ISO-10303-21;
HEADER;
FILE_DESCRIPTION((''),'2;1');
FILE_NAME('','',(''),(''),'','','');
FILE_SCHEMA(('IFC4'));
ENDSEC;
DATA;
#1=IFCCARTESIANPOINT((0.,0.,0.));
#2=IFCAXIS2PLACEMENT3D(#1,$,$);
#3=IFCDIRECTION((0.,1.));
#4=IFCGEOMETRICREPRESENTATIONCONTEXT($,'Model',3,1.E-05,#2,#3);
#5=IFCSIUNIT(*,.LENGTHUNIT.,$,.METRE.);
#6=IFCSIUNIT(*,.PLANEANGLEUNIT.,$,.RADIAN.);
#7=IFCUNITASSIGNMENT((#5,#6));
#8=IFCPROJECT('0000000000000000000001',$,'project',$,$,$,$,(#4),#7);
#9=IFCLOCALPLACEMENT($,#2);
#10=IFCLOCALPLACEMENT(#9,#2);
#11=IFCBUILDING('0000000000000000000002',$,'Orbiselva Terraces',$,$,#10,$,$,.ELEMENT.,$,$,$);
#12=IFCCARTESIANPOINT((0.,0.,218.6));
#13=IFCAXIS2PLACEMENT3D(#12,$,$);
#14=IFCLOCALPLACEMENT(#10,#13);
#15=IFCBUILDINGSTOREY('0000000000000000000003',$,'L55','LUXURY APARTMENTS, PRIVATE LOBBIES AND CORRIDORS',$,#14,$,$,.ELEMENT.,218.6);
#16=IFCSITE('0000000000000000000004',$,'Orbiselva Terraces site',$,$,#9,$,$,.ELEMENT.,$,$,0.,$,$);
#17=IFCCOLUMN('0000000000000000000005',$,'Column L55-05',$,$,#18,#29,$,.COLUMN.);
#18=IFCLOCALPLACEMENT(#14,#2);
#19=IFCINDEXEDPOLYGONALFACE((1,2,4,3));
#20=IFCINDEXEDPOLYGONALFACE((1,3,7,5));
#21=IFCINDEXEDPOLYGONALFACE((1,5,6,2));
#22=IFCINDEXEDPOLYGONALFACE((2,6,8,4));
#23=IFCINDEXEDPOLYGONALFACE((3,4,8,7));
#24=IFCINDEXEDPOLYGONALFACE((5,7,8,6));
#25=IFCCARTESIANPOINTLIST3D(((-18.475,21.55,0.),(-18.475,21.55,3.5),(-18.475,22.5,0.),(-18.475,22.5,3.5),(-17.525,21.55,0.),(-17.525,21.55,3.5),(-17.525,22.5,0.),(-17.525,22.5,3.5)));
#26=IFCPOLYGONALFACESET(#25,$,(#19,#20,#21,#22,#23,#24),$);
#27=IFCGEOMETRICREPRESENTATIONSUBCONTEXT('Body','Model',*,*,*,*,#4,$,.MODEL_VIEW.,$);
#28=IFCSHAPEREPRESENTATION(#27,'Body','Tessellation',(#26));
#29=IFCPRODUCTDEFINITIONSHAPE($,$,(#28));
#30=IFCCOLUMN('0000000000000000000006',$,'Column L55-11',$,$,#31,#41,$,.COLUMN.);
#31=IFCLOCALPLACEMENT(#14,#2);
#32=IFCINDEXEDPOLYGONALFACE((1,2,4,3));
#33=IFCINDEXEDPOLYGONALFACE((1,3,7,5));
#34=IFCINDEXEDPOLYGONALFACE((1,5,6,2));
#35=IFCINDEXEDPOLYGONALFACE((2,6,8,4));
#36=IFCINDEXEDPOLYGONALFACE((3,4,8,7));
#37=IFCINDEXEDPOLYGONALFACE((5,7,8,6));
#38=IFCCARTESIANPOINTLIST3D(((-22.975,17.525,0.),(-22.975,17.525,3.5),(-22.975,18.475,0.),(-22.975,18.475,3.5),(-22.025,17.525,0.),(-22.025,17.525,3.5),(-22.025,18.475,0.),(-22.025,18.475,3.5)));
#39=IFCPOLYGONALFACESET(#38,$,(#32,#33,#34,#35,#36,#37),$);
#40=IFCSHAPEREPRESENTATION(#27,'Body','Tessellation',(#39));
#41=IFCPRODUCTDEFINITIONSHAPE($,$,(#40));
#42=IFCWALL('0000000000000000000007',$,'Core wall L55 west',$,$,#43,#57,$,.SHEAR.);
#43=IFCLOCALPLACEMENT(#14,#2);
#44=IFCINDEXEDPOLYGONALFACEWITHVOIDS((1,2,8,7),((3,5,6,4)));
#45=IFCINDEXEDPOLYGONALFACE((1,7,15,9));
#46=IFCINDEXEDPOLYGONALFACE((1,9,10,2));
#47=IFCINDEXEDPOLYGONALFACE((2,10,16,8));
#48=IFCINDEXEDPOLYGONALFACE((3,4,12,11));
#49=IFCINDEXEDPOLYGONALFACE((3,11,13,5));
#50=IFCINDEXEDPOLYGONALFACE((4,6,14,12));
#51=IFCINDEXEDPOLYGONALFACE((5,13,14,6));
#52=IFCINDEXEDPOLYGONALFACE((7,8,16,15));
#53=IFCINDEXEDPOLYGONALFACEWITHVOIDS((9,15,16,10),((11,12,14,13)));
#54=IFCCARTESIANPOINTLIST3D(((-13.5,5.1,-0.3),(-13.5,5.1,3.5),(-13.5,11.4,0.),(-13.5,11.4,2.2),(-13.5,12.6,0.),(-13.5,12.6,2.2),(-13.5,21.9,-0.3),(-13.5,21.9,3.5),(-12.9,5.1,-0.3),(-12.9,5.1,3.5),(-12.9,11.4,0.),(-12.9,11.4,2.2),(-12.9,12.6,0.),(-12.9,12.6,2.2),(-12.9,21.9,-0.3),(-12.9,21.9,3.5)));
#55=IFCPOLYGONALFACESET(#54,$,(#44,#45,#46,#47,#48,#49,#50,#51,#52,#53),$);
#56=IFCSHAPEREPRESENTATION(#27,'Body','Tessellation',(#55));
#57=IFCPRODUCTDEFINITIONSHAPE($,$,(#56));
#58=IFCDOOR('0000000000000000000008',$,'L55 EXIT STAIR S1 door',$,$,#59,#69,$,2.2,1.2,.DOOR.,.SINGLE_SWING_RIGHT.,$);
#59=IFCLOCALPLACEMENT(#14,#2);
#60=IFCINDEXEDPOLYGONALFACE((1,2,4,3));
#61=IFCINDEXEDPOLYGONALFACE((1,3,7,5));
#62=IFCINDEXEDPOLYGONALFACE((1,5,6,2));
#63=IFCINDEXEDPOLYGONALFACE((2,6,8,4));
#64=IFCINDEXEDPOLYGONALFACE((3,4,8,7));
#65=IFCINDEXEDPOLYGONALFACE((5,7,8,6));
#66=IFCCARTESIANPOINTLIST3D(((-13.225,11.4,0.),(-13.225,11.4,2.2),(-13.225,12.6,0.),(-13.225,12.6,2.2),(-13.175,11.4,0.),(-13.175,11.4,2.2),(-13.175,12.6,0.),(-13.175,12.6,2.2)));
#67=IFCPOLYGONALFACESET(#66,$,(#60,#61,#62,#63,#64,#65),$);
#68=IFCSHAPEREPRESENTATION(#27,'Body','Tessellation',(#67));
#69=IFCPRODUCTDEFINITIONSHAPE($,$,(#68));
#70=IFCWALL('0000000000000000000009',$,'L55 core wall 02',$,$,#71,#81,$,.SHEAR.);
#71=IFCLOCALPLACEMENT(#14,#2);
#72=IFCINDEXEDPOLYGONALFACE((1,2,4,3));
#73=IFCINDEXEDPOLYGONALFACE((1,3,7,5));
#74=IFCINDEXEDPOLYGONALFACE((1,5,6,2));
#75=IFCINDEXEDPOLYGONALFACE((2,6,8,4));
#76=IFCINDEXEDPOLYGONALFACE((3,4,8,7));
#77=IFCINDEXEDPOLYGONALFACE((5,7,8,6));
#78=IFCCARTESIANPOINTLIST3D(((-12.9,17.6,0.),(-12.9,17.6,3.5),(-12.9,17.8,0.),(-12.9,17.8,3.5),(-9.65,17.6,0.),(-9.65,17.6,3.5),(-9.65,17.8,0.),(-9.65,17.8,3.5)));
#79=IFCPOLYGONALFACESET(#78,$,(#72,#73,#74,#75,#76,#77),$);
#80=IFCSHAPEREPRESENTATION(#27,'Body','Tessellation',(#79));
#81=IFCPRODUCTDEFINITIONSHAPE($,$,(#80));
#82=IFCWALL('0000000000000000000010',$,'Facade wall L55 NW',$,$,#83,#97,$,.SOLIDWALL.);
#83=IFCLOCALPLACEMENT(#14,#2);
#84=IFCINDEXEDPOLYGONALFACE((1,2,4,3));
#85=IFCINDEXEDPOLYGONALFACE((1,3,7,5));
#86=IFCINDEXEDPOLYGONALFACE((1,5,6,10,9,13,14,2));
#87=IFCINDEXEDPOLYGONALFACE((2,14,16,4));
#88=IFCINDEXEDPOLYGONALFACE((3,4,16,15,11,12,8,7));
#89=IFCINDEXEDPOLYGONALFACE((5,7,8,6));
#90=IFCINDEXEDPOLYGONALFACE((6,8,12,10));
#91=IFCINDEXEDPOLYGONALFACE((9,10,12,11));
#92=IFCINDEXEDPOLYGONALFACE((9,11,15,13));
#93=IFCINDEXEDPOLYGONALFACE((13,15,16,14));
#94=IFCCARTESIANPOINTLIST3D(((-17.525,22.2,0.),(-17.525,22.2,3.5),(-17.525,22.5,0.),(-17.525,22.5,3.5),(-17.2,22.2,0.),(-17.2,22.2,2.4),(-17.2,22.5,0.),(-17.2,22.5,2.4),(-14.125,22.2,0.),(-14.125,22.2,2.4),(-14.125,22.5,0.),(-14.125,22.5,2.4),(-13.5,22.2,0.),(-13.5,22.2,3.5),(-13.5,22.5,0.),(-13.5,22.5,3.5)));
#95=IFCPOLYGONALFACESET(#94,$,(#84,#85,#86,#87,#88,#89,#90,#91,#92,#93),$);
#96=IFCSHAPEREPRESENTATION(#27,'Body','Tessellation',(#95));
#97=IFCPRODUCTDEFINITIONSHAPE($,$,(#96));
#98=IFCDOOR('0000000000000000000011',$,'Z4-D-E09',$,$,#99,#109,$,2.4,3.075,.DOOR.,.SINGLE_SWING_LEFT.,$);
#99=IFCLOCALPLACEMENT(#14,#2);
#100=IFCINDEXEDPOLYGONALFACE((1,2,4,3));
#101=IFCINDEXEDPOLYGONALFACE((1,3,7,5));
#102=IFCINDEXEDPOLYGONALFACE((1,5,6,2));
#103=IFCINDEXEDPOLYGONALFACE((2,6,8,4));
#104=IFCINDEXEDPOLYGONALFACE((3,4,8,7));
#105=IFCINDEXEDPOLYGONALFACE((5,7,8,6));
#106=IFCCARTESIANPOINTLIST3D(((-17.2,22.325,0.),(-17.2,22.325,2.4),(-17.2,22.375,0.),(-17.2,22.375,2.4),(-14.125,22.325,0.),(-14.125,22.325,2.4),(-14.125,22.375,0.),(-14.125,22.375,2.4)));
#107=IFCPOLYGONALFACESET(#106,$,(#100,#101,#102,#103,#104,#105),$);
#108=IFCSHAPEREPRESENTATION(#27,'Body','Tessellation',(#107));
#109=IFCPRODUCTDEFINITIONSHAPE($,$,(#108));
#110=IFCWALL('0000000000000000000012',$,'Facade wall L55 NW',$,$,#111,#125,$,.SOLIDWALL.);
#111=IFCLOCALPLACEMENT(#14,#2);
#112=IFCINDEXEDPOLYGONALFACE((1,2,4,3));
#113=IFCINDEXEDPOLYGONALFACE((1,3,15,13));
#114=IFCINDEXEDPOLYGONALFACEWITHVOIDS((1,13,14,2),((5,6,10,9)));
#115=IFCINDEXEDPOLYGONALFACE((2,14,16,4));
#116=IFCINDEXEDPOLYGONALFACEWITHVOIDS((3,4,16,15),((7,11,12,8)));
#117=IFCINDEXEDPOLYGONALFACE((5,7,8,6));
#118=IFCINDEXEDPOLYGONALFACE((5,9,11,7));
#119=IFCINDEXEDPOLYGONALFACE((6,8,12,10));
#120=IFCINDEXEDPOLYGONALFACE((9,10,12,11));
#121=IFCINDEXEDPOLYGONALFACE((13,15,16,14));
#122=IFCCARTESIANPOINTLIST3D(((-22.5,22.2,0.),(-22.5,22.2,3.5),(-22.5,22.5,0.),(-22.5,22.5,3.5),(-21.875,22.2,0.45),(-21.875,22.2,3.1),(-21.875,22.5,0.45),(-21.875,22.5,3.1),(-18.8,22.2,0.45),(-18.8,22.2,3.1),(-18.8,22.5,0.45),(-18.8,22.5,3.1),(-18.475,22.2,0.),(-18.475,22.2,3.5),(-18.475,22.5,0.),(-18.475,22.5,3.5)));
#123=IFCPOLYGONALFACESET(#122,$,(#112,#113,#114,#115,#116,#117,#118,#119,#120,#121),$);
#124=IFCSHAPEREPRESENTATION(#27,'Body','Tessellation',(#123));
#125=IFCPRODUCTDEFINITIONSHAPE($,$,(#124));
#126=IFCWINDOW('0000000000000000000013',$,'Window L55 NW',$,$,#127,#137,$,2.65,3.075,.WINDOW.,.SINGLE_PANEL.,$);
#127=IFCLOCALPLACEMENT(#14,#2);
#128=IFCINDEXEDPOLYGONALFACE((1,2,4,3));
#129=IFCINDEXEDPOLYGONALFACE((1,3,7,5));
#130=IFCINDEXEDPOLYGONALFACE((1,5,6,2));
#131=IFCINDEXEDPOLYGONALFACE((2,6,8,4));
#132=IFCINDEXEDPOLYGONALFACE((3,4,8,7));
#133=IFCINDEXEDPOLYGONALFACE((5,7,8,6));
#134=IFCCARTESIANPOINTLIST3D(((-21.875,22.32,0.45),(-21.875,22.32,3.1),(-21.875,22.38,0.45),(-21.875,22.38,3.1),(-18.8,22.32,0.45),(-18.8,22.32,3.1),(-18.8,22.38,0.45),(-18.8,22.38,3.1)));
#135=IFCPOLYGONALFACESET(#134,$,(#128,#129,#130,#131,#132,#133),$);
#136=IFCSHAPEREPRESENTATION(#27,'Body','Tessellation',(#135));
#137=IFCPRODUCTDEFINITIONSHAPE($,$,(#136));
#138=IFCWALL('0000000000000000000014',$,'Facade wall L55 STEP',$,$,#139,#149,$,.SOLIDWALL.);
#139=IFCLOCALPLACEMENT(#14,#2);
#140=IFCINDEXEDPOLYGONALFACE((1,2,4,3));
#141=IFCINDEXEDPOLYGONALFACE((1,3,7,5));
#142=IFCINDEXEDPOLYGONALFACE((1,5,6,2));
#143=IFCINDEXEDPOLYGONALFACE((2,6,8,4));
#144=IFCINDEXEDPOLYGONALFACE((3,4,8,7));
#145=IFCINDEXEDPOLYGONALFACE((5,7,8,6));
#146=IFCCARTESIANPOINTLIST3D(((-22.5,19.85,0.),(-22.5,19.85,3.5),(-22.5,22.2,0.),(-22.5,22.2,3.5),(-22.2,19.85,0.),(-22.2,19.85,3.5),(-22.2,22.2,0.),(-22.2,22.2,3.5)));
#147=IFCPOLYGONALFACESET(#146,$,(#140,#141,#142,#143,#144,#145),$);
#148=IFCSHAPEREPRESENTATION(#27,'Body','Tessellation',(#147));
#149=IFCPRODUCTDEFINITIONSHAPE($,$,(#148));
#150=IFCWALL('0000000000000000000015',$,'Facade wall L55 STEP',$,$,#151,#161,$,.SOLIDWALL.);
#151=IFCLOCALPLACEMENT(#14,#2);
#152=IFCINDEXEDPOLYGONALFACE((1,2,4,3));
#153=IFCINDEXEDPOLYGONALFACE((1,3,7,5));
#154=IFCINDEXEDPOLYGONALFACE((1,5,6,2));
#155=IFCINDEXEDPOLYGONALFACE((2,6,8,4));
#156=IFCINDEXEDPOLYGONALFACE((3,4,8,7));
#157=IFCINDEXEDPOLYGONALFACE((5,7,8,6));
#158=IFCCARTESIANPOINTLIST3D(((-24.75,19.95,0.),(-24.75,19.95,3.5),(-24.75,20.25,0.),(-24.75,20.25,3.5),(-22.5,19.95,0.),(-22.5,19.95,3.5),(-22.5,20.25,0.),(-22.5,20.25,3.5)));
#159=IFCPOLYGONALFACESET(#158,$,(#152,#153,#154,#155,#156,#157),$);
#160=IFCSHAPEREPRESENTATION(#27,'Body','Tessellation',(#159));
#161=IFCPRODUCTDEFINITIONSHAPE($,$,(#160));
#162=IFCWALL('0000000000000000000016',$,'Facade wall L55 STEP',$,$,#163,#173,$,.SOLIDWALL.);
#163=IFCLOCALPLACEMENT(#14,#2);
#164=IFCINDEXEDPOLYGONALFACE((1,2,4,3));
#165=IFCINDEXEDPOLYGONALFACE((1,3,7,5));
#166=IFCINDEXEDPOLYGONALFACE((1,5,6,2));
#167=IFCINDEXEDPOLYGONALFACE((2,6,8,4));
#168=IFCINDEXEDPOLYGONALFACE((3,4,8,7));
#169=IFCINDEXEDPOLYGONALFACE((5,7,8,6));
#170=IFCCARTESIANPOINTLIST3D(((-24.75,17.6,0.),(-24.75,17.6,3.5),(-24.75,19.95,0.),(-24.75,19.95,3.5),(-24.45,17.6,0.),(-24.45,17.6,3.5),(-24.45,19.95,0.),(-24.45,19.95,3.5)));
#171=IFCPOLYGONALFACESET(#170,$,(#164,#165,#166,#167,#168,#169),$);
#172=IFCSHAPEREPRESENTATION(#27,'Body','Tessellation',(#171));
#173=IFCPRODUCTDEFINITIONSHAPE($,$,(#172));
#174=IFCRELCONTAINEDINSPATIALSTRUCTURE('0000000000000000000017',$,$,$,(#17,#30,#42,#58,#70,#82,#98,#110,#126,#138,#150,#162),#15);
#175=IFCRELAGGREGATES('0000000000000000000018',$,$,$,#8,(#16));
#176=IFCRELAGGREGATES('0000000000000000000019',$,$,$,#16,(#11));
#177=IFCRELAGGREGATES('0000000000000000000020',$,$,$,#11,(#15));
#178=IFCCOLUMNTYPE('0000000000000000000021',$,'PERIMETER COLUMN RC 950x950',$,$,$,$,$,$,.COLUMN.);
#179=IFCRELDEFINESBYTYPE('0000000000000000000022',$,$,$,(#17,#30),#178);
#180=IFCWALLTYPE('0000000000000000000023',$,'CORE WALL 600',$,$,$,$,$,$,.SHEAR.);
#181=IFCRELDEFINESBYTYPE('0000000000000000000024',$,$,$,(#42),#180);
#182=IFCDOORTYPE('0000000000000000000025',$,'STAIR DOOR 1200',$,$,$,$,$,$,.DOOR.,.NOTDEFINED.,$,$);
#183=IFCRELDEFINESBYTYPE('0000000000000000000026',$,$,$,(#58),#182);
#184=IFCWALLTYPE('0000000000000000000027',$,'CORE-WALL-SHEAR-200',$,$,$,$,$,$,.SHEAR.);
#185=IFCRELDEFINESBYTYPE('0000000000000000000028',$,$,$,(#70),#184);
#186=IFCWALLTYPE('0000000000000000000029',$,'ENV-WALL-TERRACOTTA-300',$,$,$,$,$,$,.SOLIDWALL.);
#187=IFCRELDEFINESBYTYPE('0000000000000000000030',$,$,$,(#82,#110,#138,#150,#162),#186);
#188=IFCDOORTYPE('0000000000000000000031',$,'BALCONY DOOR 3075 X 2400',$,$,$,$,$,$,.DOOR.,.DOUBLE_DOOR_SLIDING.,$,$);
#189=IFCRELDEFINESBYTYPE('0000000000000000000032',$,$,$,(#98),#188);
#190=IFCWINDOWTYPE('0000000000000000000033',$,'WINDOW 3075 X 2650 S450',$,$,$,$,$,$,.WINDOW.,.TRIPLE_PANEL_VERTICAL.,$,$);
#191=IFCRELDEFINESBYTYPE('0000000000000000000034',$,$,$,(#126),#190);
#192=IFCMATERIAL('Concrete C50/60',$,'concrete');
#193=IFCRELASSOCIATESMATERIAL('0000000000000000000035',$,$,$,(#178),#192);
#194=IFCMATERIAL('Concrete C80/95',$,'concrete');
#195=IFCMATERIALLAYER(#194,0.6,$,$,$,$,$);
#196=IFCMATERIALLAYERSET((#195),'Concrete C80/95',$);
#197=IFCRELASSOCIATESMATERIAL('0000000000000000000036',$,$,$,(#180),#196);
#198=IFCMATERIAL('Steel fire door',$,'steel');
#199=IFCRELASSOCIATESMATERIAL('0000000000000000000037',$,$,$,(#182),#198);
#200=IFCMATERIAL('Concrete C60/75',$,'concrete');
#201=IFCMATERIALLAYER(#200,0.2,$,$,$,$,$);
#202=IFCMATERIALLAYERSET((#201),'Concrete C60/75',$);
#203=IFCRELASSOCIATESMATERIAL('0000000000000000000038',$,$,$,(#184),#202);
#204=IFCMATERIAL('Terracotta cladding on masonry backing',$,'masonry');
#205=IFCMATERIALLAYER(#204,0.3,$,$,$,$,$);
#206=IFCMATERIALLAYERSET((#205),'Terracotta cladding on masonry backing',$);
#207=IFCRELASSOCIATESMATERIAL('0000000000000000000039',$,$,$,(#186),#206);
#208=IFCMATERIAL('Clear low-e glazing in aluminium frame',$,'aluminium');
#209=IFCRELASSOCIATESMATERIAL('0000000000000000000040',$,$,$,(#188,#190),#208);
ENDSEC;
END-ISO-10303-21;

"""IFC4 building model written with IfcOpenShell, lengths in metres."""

from ifc_helpers import new_model, si_unit, direction, frame, frame_2d, origin, origin_2d, place, context, subcontext, project, spatial, rectangle, extrude, material, layer, layer_set, material_profile, profile_set, type_object, element, fill, save


model = new_model("IFC4")

# Units and contexts
model_context = context("Model", 3, precision=1e-05, world=origin(), true_north=direction((0.0, 1.0)))
body_context = subcontext(model_context, "Body", "Model", "MODEL_VIEW")
ifc_project = project(units=[si_unit("LENGTHUNIT", "METRE"), si_unit("PLANEANGLEUNIT", "RADIAN")], contexts=[model_context])

# Site, building, storey
site_placement = place(None, origin())
site = spatial("IfcSite", under=ifc_project, at=site_placement, Name="Orbiselva Terraces site", CompositionType="ELEMENT", RefElevation=0.0)
building_placement = place(site_placement, origin())
building = spatial("IfcBuilding", under=site, at=building_placement, Name="Orbiselva Terraces", CompositionType="ELEMENT")
storey_placement = place(building_placement, frame((0.0, 0.0, 218.6)))
storey = spatial("IfcBuildingStorey", under=building, at=storey_placement, Name="L55", Description="LUXURY APARTMENTS, PRIVATE LOBBIES AND CORRIDORS", CompositionType="ELEMENT", Elevation=218.6)

# Columns
ifc_material_1 = material(Name="Concrete C50/60", Category="concrete")
ifc_material_profile = material_profile(ifc_material_1, rectangle(XDim=0.95, YDim=0.95, at=origin_2d()), Name="RC 950x950")
ifc_profile_set = profile_set([ifc_material_profile], Name="Concrete C50/60")
column_type = type_object("IfcColumnType", Name="PERIMETER COLUMN RC 950x950", PredefinedType="COLUMN", material=ifc_profile_set)
for number, where, z_axis, x_axis, name in (
    (1, (-18.0, 22.025, 0.0), (0.0, 0.0, 1.0), (1.0, 0.0, 0.0), "Column L55-05"),
    (2, (-22.5, 18.0, 0.0), (0.0, 0.0, 1.0), (1.0, 0.0, 0.0), "Column L55-11"),
):
    element("IfcColumn", number, at=place(storey_placement, frame(where, z_axis=z_axis, x_axis=x_axis)), inside=storey, type_object=column_type, Name=name, PredefinedType="COLUMN", context=body_context, shape_type="SweptSolid", body=[
        extrude(rectangle(XDim=0.95, YDim=0.95, at=origin_2d()), origin(), (0.0, 0.0, 1.0), 3.5),
    ])

# Wall, opening, door
ifc_material_2 = material(Name="Concrete C80/95", Category="concrete")
ifc_layer_1 = layer(ifc_material_2, 0.6)
ifc_layer_set_1 = layer_set([ifc_layer_1], Name="Concrete C80/95")
wall_type_1 = type_object("IfcWallType", Name="CORE WALL 600", PredefinedType="SHEAR", material=ifc_layer_set_1)
wall_1_placement = place(storey_placement, frame((-13.2, 21.9, -0.3), z_axis=(0.0, 0.0, 1.0), x_axis=(0.0, -1.0, 0.0)))
wall_1 = element("IfcWall", 3, at=wall_1_placement, inside=storey, type_object=wall_type_1, Name="Core wall L55 west", PredefinedType="SHEAR", context=body_context, shape_type="SweptSolid", body=[
    extrude(rectangle(XDim=16.8, YDim=0.6, at=frame_2d((8.4, 0.0))), origin(), (0.0, 0.0, 1.0), 3.8),
])
opening_1_placement = place(wall_1_placement, frame((9.3, 0.0, 0.3)))
opening_1 = element("IfcOpeningElement", 4, at=opening_1_placement, cuts=wall_1, PredefinedType="OPENING", context=body_context, shape_type="SweptSolid", body=[
    extrude(rectangle(XDim=1.2, YDim=2.2, at=frame_2d((0.6, 1.1))), frame((0.0, 0.31, 0.0), z_axis=(0.0, -1.0, 0.0), x_axis=(1.0, 0.0, 0.0)), (0.0, 0.0, 1.0), 0.62),
])
ifc_material_3 = material(Name="Steel fire door", Category="steel")
door_type_1 = type_object("IfcDoorType", Name="STAIR DOOR 1200", OperationType="NOTDEFINED", PredefinedType="DOOR", material=ifc_material_3)
door_1_placement = place(opening_1_placement, frame((1.2, 0.0, 0.0), z_axis=(0.0, 0.0, 1.0), x_axis=(-1.0, 0.0, 0.0)))
door_1 = element("IfcDoor", 5, at=door_1_placement, inside=storey, type_object=door_type_1, Name="L55 EXIT STAIR S1 door", OperationType="SINGLE_SWING_RIGHT", OverallHeight=2.2, OverallWidth=1.2, PredefinedType="DOOR", context=body_context, shape_type="SweptSolid", body=[
    extrude(rectangle(XDim=1.2, YDim=2.2, at=frame_2d((0.6, 1.1))), frame((0.0, 0.025, 0.0), z_axis=(0.0, -1.0, 0.0), x_axis=(1.0, 0.0, 0.0)), (0.0, 0.0, 1.0), 0.05),
])
fill(opening_1, door_1)

# Wall
ifc_material_4 = material(Name="Concrete C60/75", Category="concrete")
ifc_layer_2 = layer(ifc_material_4, 0.2)
ifc_layer_set_2 = layer_set([ifc_layer_2], Name="Concrete C60/75")
wall_type_2 = type_object("IfcWallType", Name="CORE-WALL-SHEAR-200", PredefinedType="SHEAR", material=ifc_layer_set_2)
wall_2_placement = place(storey_placement, frame((-12.9, 17.7, 0.0), z_axis=(0.0, 0.0, 1.0), x_axis=(1.0, 0.0, 0.0)))
element("IfcWall", 6, at=wall_2_placement, inside=storey, type_object=wall_type_2, Name="L55 core wall 02", PredefinedType="SHEAR", context=body_context, shape_type="SweptSolid", body=[
    extrude(rectangle(XDim=3.25, YDim=0.2, at=frame_2d((1.625, 0.0))), origin(), (0.0, 0.0, 1.0), 3.5),
])

# Wall, opening, door
ifc_material_5 = material(Name="Terracotta cladding on masonry backing", Category="masonry")
ifc_layer_3 = layer(ifc_material_5, 0.3)
ifc_layer_set_3 = layer_set([ifc_layer_3], Name="Terracotta cladding on masonry backing")
wall_type_3 = type_object("IfcWallType", Name="ENV-WALL-TERRACOTTA-300", PredefinedType="SOLIDWALL", material=ifc_layer_set_3)
wall_3_placement = place(storey_placement, frame((-17.525, 22.35, 0.0), z_axis=(0.0, 0.0, 1.0), x_axis=(1.0, 0.0, 0.0)))
wall_3 = element("IfcWall", 7, at=wall_3_placement, inside=storey, type_object=wall_type_3, Name="Facade wall L55 NW", PredefinedType="SOLIDWALL", context=body_context, shape_type="SweptSolid", body=[
    extrude(rectangle(XDim=4.025, YDim=0.3, at=frame_2d((2.0125, 0.0))), origin(), (0.0, 0.0, 1.0), 3.5),
])
opening_2_placement = place(wall_3_placement, frame((0.325, 0.0, 0.0)))
opening_2 = element("IfcOpeningElement", 8, at=opening_2_placement, cuts=wall_3, PredefinedType="OPENING", context=body_context, shape_type="SweptSolid", body=[
    extrude(rectangle(XDim=3.075, YDim=2.4, at=frame_2d((1.5375, 1.2))), frame((0.0, 0.16, 0.0), z_axis=(0.0, -1.0, 0.0), x_axis=(1.0, 0.0, 0.0)), (0.0, 0.0, 1.0), 0.32),
])
ifc_material_6 = material(Name="Clear low-e glazing in aluminium frame", Category="aluminium")
door_type_2 = type_object("IfcDoorType", Name="BALCONY DOOR 3075 X 2400", OperationType="DOUBLE_DOOR_SLIDING", PredefinedType="DOOR", material=ifc_material_6)
door_2_placement = place(opening_2_placement, origin())
door_2 = element("IfcDoor", 9, at=door_2_placement, inside=storey, type_object=door_type_2, Name="Z4-D-E09", OperationType="SINGLE_SWING_LEFT", OverallHeight=2.4, OverallWidth=3.075, PredefinedType="DOOR", context=body_context, shape_type="SweptSolid", body=[
    extrude(rectangle(XDim=3.075, YDim=2.4, at=frame_2d((1.5375, 1.2))), frame((0.0, 0.025, 0.0), z_axis=(0.0, -1.0, 0.0), x_axis=(1.0, 0.0, 0.0)), (0.0, 0.0, 1.0), 0.05),
])
fill(opening_2, door_2)

# Wall, opening, window
wall_4_placement = place(storey_placement, frame((-22.5, 22.35, 0.0), z_axis=(0.0, 0.0, 1.0), x_axis=(1.0, 0.0, 0.0)))
wall_4 = element("IfcWall", 10, at=wall_4_placement, inside=storey, type_object=wall_type_3, Name="Facade wall L55 NW", PredefinedType="SOLIDWALL", context=body_context, shape_type="SweptSolid", body=[
    extrude(rectangle(XDim=4.025, YDim=0.3, at=frame_2d((2.0125, 0.0))), origin(), (0.0, 0.0, 1.0), 3.5),
])
opening_3_placement = place(wall_4_placement, frame((0.625, 0.0, 0.45)))
opening_3 = element("IfcOpeningElement", 11, at=opening_3_placement, cuts=wall_4, PredefinedType="OPENING", context=body_context, shape_type="SweptSolid", body=[
    extrude(rectangle(XDim=3.075, YDim=2.65, at=frame_2d((1.5375, 1.325))), frame((0.0, 0.16, 0.0), z_axis=(0.0, -1.0, 0.0), x_axis=(1.0, 0.0, 0.0)), (0.0, 0.0, 1.0), 0.32),
])
window_type = type_object("IfcWindowType", Name="WINDOW 3075 X 2650 S450", PartitioningType="TRIPLE_PANEL_VERTICAL", PredefinedType="WINDOW", material=ifc_material_6)
window_placement = place(opening_3_placement, origin())
window = element("IfcWindow", 12, at=window_placement, inside=storey, type_object=window_type, Name="Window L55 NW", OverallHeight=2.65, OverallWidth=3.075, PartitioningType="SINGLE_PANEL", PredefinedType="WINDOW", context=body_context, shape_type="SweptSolid", body=[
    extrude(rectangle(XDim=3.075, YDim=2.65, at=frame_2d((1.5375, 1.325))), frame((0.0, 0.03, 0.0), z_axis=(0.0, -1.0, 0.0), x_axis=(1.0, 0.0, 0.0)), (0.0, 0.0, 1.0), 0.06),
])
fill(opening_3, window)

# Walls
wall_5_placement = place(storey_placement, frame((-22.35, 19.85, 0.0), z_axis=(0.0, 0.0, 1.0), x_axis=(0.0, 1.0, 0.0)))
element("IfcWall", 13, at=wall_5_placement, inside=storey, type_object=wall_type_3, Name="Facade wall L55 STEP", PredefinedType="SOLIDWALL", context=body_context, shape_type="SweptSolid", body=[
    extrude(rectangle(XDim=2.35, YDim=0.3, at=frame_2d((1.175, 0.0))), origin(), (0.0, 0.0, 1.0), 3.5),
])
wall_6_placement = place(storey_placement, frame((-24.75, 20.1, 0.0), z_axis=(0.0, 0.0, 1.0), x_axis=(1.0, 0.0, 0.0)))
element("IfcWall", 14, at=wall_6_placement, inside=storey, type_object=wall_type_3, Name="Facade wall L55 STEP", PredefinedType="SOLIDWALL", context=body_context, shape_type="SweptSolid", body=[
    extrude(rectangle(XDim=2.25, YDim=0.3, at=frame_2d((1.125, 0.0))), origin(), (0.0, 0.0, 1.0), 3.5),
])
wall_7_placement = place(storey_placement, frame((-24.6, 17.6, 0.0), z_axis=(0.0, 0.0, 1.0), x_axis=(0.0, 1.0, 0.0)))
element("IfcWall", 15, at=wall_7_placement, inside=storey, type_object=wall_type_3, Name="Facade wall L55 STEP", PredefinedType="SOLIDWALL", context=body_context, shape_type="SweptSolid", body=[
    extrude(rectangle(XDim=2.35, YDim=0.3, at=frame_2d((1.175, 0.0))), origin(), (0.0, 0.0, 1.0), 3.5),
])

save(model, "model.ifc")
